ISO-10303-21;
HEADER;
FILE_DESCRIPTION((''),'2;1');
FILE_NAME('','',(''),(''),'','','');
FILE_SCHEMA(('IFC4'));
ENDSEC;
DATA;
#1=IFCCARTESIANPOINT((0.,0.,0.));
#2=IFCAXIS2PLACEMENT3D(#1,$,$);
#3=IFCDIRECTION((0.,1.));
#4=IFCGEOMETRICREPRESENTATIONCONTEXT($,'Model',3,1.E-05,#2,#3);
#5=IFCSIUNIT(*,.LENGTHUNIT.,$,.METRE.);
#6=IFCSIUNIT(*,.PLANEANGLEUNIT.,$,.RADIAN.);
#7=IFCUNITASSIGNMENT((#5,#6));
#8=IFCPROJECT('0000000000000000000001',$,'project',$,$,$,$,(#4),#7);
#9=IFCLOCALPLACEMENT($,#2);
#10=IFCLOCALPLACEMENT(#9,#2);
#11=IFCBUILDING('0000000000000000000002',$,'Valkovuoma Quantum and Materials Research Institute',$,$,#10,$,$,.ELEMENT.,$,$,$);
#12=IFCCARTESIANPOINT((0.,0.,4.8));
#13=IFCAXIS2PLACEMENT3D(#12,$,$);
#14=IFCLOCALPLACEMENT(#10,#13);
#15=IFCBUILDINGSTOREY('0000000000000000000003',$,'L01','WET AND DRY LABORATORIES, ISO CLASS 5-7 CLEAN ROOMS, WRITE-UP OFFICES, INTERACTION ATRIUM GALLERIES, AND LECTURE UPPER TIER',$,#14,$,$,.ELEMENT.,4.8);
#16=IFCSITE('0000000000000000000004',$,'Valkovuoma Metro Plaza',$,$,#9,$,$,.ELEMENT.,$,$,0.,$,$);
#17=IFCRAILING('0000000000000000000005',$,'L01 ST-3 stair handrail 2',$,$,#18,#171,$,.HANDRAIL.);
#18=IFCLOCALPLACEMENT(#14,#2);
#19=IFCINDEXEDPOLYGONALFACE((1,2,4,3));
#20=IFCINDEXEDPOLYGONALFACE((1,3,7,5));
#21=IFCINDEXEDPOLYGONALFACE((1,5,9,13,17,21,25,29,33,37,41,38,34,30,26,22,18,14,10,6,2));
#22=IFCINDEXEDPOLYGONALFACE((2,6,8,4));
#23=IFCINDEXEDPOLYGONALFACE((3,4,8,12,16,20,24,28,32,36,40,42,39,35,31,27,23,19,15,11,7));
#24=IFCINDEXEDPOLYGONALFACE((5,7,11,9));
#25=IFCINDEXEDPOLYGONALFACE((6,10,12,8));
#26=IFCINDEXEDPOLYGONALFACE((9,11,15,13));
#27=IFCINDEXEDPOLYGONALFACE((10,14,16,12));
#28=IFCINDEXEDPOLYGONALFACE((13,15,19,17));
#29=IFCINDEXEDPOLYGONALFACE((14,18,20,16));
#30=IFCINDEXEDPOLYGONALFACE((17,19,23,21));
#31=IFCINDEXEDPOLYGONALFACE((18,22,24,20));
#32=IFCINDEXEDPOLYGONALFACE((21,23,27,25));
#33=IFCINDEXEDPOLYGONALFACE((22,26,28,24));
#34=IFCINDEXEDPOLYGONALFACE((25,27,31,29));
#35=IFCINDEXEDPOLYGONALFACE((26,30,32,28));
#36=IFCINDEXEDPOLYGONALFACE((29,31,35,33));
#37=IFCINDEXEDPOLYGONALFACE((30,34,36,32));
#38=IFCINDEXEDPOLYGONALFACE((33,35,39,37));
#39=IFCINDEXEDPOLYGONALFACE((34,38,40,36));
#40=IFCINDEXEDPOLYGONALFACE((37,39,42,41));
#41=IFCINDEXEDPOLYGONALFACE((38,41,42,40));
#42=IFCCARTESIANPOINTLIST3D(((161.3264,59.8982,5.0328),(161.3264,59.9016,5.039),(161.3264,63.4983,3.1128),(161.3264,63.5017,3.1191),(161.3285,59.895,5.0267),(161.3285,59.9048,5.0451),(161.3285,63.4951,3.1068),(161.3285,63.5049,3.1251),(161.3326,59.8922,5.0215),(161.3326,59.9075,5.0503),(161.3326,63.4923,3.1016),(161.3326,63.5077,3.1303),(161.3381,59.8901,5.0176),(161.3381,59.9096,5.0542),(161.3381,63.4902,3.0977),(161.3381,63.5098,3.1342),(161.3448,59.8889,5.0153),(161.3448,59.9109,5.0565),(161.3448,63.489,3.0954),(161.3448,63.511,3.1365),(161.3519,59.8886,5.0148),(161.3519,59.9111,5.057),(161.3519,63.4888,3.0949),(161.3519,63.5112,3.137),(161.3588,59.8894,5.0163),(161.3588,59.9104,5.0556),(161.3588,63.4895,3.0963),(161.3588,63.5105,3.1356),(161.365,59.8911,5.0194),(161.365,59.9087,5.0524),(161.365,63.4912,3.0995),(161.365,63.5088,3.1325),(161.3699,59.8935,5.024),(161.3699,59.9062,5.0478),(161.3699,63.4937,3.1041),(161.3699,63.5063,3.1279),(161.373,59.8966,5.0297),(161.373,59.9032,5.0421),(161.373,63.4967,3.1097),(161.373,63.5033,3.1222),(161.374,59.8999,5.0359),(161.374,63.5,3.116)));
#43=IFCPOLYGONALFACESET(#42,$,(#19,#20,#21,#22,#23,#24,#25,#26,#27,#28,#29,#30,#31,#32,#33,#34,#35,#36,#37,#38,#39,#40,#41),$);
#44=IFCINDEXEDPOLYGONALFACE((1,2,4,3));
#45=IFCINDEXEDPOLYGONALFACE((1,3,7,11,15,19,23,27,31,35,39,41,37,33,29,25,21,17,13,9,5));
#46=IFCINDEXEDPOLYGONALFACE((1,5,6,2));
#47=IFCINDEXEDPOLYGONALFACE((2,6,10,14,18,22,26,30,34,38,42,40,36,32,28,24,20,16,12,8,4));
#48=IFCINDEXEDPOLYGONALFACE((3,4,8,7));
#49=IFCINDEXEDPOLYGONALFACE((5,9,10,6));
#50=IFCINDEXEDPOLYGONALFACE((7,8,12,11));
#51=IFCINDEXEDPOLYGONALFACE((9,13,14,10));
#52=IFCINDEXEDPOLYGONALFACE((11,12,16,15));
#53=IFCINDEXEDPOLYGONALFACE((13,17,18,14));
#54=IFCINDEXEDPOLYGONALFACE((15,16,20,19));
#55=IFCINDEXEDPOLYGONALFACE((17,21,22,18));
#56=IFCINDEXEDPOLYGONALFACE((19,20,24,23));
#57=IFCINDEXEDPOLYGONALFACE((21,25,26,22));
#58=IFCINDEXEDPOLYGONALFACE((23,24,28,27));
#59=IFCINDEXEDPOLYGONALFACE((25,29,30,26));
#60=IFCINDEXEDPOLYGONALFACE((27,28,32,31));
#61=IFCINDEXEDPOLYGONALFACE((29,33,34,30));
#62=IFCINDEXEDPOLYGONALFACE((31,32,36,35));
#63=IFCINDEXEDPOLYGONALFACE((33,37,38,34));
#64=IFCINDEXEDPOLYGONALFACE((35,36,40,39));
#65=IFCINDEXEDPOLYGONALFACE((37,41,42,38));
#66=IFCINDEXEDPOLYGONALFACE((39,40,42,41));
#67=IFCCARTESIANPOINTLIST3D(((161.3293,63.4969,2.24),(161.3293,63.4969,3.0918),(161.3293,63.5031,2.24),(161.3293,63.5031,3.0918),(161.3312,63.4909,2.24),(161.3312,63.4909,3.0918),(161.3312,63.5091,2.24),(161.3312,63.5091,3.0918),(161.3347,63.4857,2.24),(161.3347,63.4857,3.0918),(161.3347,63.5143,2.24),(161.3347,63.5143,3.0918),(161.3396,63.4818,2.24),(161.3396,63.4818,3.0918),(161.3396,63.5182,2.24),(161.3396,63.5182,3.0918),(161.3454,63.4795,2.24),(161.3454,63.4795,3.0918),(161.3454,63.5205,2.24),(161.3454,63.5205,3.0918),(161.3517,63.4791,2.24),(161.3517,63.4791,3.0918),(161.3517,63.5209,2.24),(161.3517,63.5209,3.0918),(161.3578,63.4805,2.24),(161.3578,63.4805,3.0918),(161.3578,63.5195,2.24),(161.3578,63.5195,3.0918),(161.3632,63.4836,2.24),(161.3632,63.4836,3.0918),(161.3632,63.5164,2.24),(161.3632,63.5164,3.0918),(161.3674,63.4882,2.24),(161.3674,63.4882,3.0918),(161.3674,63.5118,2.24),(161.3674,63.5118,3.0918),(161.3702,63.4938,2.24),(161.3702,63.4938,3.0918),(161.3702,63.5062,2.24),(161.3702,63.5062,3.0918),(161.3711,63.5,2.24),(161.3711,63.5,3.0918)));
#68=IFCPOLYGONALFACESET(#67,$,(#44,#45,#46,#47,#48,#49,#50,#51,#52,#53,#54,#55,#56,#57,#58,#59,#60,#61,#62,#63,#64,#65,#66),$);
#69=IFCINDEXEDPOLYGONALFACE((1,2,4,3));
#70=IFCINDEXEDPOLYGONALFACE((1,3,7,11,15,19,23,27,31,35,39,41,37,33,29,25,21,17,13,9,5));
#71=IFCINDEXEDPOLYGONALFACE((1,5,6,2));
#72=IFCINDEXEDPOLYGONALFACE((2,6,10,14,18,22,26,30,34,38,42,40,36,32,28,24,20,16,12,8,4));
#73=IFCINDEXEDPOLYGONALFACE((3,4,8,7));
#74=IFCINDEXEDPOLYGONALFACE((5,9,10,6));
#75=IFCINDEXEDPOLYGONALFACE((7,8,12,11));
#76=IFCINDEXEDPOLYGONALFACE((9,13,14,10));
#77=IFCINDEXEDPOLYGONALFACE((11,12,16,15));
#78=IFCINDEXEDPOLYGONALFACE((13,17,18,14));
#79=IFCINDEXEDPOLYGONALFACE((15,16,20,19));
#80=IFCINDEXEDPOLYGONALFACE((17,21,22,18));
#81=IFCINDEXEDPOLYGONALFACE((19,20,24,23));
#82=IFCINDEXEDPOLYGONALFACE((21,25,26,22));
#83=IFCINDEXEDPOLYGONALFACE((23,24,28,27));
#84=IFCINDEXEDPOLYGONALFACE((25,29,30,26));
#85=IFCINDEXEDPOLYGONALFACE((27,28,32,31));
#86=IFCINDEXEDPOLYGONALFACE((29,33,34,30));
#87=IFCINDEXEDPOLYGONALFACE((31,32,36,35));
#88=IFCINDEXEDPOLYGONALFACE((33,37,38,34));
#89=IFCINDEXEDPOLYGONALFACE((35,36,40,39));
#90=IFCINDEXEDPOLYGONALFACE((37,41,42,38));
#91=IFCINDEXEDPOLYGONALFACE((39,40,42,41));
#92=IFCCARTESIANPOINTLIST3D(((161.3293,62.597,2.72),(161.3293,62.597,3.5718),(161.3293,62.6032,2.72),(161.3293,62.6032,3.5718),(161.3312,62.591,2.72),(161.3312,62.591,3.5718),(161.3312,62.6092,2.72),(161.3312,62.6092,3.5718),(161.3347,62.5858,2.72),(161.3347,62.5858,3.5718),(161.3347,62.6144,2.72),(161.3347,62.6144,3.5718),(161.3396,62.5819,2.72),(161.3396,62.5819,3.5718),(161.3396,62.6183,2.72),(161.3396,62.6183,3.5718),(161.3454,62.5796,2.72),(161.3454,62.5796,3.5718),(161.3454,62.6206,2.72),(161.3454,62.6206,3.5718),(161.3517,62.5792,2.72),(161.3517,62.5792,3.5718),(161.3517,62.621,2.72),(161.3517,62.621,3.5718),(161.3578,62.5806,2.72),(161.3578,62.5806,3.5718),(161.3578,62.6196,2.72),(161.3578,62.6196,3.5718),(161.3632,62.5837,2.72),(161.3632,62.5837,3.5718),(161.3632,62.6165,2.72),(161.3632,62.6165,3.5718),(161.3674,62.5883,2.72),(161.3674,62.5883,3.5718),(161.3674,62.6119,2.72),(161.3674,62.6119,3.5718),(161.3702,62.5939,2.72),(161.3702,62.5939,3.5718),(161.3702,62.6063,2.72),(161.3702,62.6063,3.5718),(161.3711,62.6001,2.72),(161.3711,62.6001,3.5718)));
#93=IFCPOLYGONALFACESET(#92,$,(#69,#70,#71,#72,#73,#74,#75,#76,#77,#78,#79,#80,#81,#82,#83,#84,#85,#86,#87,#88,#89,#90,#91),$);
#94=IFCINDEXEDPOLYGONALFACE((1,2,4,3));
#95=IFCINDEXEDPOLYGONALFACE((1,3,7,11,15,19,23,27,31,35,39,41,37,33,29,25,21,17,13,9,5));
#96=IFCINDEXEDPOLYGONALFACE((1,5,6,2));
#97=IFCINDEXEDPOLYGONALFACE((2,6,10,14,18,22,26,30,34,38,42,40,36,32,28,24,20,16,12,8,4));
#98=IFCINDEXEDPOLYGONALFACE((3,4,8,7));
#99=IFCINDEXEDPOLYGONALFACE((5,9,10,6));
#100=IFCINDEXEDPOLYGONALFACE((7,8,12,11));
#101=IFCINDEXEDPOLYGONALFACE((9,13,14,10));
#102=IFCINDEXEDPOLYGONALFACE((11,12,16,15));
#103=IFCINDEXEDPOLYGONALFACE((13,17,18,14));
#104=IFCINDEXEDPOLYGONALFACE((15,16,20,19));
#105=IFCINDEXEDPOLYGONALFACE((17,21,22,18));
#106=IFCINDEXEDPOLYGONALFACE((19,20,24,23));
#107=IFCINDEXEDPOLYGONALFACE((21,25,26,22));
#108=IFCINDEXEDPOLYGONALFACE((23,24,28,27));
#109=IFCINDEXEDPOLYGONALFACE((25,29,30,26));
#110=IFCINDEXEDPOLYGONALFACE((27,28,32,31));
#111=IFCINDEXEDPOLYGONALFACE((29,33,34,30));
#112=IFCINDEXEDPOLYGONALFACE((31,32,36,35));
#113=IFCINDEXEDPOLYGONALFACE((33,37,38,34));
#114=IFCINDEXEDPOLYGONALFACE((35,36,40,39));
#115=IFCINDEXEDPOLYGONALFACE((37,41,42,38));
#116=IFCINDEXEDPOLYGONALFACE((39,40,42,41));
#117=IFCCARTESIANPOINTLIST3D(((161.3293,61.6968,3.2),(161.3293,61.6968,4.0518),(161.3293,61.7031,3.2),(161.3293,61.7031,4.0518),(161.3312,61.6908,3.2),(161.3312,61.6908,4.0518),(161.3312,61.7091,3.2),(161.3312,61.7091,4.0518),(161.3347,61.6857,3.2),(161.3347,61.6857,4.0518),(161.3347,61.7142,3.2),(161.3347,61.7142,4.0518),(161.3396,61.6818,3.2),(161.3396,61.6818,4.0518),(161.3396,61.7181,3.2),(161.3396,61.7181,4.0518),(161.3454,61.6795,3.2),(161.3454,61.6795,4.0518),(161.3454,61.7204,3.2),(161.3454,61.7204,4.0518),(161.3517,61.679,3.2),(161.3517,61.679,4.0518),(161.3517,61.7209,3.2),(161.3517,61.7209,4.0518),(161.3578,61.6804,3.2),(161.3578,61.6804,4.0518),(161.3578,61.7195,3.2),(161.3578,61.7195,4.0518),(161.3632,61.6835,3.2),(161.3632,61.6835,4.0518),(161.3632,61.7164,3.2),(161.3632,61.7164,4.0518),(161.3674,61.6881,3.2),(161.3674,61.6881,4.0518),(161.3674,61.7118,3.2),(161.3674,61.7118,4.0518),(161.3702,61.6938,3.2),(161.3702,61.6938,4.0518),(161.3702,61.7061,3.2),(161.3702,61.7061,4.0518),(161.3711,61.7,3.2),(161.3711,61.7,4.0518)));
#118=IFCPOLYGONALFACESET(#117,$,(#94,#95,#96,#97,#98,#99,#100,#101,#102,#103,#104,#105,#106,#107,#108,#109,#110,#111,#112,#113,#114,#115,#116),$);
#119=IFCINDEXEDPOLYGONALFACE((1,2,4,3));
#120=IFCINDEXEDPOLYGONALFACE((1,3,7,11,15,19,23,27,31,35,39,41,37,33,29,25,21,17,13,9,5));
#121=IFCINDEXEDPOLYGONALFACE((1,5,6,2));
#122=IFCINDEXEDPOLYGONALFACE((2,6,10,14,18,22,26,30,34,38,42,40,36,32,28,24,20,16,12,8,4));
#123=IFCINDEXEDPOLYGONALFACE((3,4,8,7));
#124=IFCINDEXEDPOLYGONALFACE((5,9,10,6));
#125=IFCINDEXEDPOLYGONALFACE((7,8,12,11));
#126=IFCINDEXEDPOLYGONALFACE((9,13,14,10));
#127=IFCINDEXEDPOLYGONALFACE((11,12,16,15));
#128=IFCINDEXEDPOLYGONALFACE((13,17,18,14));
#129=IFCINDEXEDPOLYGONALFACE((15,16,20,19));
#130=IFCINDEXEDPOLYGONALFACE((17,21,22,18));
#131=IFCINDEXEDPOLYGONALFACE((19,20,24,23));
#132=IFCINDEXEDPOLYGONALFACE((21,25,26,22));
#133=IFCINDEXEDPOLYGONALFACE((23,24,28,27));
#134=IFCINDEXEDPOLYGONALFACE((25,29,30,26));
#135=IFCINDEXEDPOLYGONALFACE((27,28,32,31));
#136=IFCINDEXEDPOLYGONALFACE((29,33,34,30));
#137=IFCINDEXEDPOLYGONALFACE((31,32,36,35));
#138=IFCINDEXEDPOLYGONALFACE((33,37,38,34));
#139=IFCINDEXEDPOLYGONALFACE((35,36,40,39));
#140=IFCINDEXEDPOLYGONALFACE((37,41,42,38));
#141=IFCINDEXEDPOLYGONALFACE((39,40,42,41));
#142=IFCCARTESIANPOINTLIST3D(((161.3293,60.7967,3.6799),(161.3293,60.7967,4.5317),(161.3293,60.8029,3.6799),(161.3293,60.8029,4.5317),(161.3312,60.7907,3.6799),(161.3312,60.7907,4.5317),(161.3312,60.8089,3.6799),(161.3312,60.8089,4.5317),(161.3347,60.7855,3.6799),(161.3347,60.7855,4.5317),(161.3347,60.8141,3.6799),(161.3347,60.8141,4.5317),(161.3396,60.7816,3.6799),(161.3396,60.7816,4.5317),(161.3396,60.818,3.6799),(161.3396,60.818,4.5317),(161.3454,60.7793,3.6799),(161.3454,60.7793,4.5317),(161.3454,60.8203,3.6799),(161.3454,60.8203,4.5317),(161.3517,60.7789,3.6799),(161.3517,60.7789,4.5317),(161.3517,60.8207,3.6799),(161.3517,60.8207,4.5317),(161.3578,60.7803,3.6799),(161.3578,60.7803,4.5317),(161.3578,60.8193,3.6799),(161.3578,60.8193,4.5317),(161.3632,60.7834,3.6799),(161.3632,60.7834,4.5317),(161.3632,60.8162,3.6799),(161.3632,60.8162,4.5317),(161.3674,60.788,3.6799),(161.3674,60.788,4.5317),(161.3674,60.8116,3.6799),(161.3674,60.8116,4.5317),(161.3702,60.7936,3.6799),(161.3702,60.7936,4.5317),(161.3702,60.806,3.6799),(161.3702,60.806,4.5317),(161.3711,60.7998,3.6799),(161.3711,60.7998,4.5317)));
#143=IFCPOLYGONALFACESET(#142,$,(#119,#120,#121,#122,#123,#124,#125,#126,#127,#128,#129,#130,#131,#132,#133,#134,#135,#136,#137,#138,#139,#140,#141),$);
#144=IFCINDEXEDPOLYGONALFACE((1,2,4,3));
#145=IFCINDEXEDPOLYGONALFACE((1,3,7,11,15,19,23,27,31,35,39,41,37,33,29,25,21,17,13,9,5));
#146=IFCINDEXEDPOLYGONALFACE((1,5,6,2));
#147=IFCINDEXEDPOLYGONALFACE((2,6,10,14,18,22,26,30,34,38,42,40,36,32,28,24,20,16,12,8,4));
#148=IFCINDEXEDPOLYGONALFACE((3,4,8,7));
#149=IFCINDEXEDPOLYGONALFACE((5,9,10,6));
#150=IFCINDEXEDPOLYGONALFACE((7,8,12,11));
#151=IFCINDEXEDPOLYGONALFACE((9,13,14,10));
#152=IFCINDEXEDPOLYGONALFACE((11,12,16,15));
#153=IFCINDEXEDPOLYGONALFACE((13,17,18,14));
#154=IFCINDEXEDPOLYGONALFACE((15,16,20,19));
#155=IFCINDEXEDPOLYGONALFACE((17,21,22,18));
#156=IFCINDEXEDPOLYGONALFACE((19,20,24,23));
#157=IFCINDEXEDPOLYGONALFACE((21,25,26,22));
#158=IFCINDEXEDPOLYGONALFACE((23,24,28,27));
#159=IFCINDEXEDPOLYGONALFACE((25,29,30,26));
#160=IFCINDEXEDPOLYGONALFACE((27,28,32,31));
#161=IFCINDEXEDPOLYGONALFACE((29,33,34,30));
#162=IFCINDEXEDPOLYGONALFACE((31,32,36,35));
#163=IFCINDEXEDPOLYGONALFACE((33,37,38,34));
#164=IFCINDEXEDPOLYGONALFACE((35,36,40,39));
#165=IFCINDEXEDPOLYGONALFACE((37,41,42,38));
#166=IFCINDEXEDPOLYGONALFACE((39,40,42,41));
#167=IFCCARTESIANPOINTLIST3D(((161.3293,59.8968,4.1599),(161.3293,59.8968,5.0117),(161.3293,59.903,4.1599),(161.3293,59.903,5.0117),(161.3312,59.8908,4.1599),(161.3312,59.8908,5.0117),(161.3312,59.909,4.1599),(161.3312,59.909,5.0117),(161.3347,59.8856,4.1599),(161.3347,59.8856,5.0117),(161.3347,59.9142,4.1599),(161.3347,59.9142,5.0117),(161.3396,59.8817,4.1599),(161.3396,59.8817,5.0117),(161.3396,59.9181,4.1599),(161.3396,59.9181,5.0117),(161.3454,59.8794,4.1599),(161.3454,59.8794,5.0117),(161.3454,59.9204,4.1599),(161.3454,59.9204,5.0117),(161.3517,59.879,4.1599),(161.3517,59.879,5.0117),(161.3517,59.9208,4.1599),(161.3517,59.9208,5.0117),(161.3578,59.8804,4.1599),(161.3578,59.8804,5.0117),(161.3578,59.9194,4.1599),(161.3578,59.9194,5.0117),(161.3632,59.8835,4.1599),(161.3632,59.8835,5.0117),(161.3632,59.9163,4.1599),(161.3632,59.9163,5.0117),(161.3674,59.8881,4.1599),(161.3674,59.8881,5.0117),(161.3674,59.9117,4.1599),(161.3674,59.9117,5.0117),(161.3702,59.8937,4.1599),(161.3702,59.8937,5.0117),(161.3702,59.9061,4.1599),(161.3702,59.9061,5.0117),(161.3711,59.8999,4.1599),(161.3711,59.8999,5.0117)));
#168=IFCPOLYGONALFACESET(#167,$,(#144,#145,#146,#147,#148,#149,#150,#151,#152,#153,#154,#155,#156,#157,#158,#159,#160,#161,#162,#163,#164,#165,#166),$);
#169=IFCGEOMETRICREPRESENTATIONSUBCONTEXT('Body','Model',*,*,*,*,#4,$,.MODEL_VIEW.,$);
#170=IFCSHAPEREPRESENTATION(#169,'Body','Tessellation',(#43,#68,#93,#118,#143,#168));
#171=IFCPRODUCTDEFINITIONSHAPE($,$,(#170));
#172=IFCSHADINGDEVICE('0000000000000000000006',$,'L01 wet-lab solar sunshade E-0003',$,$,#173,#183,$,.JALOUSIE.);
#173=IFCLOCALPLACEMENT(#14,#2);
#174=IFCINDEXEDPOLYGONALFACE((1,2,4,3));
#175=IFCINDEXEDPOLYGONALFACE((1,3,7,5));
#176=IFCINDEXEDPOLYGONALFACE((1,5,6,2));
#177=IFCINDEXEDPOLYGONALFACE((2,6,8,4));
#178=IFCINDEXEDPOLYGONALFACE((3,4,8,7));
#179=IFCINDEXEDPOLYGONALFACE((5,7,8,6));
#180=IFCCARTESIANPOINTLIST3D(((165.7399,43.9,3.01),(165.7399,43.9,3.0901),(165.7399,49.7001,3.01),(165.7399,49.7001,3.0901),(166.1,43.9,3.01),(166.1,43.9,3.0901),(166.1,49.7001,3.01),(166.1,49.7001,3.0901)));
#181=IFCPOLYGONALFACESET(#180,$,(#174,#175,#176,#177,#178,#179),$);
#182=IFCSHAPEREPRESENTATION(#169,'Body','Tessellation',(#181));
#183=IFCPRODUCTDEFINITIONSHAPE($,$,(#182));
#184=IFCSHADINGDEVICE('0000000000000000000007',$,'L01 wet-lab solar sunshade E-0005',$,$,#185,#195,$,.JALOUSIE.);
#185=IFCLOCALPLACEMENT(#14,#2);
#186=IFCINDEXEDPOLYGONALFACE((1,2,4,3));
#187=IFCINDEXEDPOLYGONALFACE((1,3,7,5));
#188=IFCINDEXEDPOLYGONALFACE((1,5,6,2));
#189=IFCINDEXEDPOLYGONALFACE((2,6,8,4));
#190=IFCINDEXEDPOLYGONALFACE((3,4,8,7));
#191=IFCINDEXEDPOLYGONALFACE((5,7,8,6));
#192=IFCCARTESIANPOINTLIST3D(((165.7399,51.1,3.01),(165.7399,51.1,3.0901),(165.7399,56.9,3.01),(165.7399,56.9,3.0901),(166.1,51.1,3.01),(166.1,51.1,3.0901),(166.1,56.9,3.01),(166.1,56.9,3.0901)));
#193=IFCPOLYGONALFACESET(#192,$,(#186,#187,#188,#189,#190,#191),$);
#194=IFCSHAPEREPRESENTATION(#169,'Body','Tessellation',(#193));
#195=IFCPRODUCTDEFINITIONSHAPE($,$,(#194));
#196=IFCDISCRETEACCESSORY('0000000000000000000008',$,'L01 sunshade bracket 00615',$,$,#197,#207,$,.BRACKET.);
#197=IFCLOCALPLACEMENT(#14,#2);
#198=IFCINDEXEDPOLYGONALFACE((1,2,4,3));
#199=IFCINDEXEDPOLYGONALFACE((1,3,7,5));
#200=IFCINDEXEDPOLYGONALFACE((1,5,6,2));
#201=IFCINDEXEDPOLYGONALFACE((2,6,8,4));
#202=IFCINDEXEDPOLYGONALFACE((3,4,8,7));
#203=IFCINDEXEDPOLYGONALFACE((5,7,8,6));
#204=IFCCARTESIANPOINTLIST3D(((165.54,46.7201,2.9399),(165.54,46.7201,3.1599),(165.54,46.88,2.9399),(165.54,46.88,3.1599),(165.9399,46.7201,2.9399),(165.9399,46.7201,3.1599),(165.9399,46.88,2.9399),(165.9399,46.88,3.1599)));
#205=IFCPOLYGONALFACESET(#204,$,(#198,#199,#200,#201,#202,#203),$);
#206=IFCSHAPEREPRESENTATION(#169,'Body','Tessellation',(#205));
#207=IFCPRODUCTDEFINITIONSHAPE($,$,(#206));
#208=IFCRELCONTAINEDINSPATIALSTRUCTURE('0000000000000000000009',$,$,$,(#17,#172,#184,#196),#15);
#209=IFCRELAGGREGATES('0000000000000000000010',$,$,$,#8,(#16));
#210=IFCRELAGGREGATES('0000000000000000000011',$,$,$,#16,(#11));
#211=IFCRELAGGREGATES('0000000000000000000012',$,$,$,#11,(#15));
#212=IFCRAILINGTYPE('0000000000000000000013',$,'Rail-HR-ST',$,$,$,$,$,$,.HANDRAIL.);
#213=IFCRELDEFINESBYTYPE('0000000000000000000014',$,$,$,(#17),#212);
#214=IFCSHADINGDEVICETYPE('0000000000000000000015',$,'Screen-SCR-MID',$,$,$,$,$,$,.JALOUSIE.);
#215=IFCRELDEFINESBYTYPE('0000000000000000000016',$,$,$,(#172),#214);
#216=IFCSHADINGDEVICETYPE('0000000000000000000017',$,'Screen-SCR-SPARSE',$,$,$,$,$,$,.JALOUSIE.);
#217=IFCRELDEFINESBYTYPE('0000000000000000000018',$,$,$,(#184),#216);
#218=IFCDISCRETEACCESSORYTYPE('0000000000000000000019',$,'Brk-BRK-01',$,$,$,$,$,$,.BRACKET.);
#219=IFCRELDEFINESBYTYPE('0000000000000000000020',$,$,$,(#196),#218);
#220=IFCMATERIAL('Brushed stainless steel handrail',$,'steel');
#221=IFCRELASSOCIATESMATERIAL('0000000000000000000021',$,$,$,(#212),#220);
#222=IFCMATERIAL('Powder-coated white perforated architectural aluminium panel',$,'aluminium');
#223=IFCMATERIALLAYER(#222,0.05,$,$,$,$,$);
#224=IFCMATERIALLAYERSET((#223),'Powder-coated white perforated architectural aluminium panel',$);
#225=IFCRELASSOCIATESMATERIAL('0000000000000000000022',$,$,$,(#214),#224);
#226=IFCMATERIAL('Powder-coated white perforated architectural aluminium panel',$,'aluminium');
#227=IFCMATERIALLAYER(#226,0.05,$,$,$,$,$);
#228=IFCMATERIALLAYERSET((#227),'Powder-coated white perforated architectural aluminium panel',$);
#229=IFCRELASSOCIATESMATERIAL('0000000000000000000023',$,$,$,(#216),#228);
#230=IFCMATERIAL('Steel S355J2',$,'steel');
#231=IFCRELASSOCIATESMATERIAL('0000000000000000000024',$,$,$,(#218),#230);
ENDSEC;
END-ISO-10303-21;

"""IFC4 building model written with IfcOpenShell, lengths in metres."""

from ifc_helpers import new_model, si_unit, direction, frame, origin, origin_2d, place, context, subcontext, project, spatial, rectangle, circle, extrude, material, layer, layer_set, type_object, element, save


model = new_model("IFC4")

# Units and contexts
model_context = context("Model", 3, precision=1e-05, world=origin(), true_north=direction((0.0, 1.0)))
body_context = subcontext(model_context, "Body", "Model", "MODEL_VIEW")
ifc_project = project(units=[si_unit("LENGTHUNIT", "METRE"), si_unit("PLANEANGLEUNIT", "RADIAN")], contexts=[model_context])

# Site, building, storey
site_placement = place(None, origin())
site = spatial("IfcSite", under=ifc_project, at=site_placement, Name="Valkovuoma Metro Plaza", CompositionType="ELEMENT", RefElevation=0.0)
building_placement = place(site_placement, origin())
building = spatial("IfcBuilding", under=site, at=building_placement, Name="Valkovuoma Quantum and Materials Research Institute", CompositionType="ELEMENT")
storey_placement = place(building_placement, frame((0.0, 0.0, 4.8)))
storey = spatial("IfcBuildingStorey", under=building, at=storey_placement, Name="L01", Description="WET AND DRY LABORATORIES, ISO CLASS 5-7 CLEAN ROOMS, WRITE-UP OFFICES, INTERACTION ATRIUM GALLERIES, AND LECTURE UPPER TIER", CompositionType="ELEMENT", Elevation=4.8)

# Railing
ifc_material_1 = material(Name="Brushed stainless steel handrail", Category="steel")
railing_type_1 = type_object("IfcRailingType", Name="Rail-HR-ST", PredefinedType="HANDRAIL", material=ifc_material_1)
railing_1_placement = place(storey_placement, frame((161.3501, 63.5, 2.24)))
element("IfcRailing", 1, at=railing_1_placement, inside=storey, type_object=railing_type_1, Name="L01 ST-3 stair handrail 2", PredefinedType="HANDRAIL", context=body_context, shape_type="SweptSolid", body=[
    extrude(circle(Radius=0.0239, at=origin_2d()), frame((0.0, 0.0, 0.876), z_axis=(0.0, -0.882366, 0.470563), x_axis=(1.0, 0.0, 0.0)), (0.0, 0.0, 1.0), 4.0801),
    extrude(circle(Radius=0.021, at=origin_2d()), origin(), (0.0, 0.0, 1.0), 0.8518),
    extrude(circle(Radius=0.021, at=origin_2d()), frame((0.0, -0.8999, 0.48)), (0.0, 0.0, 1.0), 0.8518),
    extrude(circle(Radius=0.021, at=origin_2d()), frame((0.0, -1.8, 0.96)), (0.0, 0.0, 1.0), 0.8518),
    extrude(circle(Radius=0.021, at=origin_2d()), frame((0.0, -2.7002, 1.4399)), (0.0, 0.0, 1.0), 0.8518),
    extrude(circle(Radius=0.021, at=origin_2d()), frame((0.0, -3.6001, 1.9199)), (0.0, 0.0, 1.0), 0.8518),
])

# Shading devices
ifc_material_2 = material(Name="Powder-coated white perforated architectural aluminium panel", Category="aluminium")
ifc_layer_1 = layer(ifc_material_2, 0.05)
ifc_layer_set_1 = layer_set([ifc_layer_1], Name="Powder-coated white perforated architectural aluminium panel")
shading_device_type_1 = type_object("IfcShadingDeviceType", Name="Screen-SCR-MID", PredefinedType="JALOUSIE", material=ifc_layer_set_1)
shading_device_1_placement = place(storey_placement, frame((165.9199, 46.8, 3.01), z_axis=(0.0, 0.0, 1.0), x_axis=(1.0, 0.0, 0.0)))
element("IfcShadingDevice", 2, at=shading_device_1_placement, inside=storey, type_object=shading_device_type_1, Name="L01 wet-lab solar sunshade E-0003", PredefinedType="JALOUSIE", context=body_context, shape_type="SweptSolid", body=[
    extrude(rectangle(XDim=0.3601, YDim=5.8, at=origin_2d()), origin(), (0.0, 0.0, 1.0), 0.0801),
])
ifc_material_3 = material(Name="Powder-coated white perforated architectural aluminium panel", Category="aluminium")
ifc_layer_2 = layer(ifc_material_3, 0.05)
ifc_layer_set_2 = layer_set([ifc_layer_2], Name="Powder-coated white perforated architectural aluminium panel")
shading_device_type_2 = type_object("IfcShadingDeviceType", Name="Screen-SCR-SPARSE", PredefinedType="JALOUSIE", material=ifc_layer_set_2)
shading_device_2_placement = place(storey_placement, frame((165.9199, 54.0, 3.01), z_axis=(0.0, 0.0, 1.0), x_axis=(1.0, 0.0, 0.0)))
element("IfcShadingDevice", 3, at=shading_device_2_placement, inside=storey, type_object=shading_device_type_2, Name="L01 wet-lab solar sunshade E-0005", PredefinedType="JALOUSIE", context=body_context, shape_type="SweptSolid", body=[
    extrude(rectangle(XDim=0.3601, YDim=5.8, at=origin_2d()), origin(), (0.0, 0.0, 1.0), 0.0801),
])

# Discrete accessory
ifc_material_4 = material(Name="Steel S355J2", Category="steel")
discrete_accessory_type = type_object("IfcDiscreteAccessoryType", Name="Brk-BRK-01", PredefinedType="BRACKET", material=ifc_material_4)
for number, where, z_axis, x_axis, name in (
    (4, (165.74, 46.8, 2.9399), (0.0, 0.0, 1.0), (1.0, 0.0, 0.0), "L01 sunshade bracket 00615"),
):
    element("IfcDiscreteAccessory", number, at=place(storey_placement, frame(where, z_axis=z_axis, x_axis=x_axis)), inside=storey, type_object=discrete_accessory_type, Name=name, PredefinedType="BRACKET", context=body_context, shape_type="SweptSolid", body=[
        extrude(rectangle(XDim=0.3999, YDim=0.1599, at=origin_2d()), origin(), (0.0, 0.0, 1.0), 0.22),
    ])

save(model, "model.ifc")
